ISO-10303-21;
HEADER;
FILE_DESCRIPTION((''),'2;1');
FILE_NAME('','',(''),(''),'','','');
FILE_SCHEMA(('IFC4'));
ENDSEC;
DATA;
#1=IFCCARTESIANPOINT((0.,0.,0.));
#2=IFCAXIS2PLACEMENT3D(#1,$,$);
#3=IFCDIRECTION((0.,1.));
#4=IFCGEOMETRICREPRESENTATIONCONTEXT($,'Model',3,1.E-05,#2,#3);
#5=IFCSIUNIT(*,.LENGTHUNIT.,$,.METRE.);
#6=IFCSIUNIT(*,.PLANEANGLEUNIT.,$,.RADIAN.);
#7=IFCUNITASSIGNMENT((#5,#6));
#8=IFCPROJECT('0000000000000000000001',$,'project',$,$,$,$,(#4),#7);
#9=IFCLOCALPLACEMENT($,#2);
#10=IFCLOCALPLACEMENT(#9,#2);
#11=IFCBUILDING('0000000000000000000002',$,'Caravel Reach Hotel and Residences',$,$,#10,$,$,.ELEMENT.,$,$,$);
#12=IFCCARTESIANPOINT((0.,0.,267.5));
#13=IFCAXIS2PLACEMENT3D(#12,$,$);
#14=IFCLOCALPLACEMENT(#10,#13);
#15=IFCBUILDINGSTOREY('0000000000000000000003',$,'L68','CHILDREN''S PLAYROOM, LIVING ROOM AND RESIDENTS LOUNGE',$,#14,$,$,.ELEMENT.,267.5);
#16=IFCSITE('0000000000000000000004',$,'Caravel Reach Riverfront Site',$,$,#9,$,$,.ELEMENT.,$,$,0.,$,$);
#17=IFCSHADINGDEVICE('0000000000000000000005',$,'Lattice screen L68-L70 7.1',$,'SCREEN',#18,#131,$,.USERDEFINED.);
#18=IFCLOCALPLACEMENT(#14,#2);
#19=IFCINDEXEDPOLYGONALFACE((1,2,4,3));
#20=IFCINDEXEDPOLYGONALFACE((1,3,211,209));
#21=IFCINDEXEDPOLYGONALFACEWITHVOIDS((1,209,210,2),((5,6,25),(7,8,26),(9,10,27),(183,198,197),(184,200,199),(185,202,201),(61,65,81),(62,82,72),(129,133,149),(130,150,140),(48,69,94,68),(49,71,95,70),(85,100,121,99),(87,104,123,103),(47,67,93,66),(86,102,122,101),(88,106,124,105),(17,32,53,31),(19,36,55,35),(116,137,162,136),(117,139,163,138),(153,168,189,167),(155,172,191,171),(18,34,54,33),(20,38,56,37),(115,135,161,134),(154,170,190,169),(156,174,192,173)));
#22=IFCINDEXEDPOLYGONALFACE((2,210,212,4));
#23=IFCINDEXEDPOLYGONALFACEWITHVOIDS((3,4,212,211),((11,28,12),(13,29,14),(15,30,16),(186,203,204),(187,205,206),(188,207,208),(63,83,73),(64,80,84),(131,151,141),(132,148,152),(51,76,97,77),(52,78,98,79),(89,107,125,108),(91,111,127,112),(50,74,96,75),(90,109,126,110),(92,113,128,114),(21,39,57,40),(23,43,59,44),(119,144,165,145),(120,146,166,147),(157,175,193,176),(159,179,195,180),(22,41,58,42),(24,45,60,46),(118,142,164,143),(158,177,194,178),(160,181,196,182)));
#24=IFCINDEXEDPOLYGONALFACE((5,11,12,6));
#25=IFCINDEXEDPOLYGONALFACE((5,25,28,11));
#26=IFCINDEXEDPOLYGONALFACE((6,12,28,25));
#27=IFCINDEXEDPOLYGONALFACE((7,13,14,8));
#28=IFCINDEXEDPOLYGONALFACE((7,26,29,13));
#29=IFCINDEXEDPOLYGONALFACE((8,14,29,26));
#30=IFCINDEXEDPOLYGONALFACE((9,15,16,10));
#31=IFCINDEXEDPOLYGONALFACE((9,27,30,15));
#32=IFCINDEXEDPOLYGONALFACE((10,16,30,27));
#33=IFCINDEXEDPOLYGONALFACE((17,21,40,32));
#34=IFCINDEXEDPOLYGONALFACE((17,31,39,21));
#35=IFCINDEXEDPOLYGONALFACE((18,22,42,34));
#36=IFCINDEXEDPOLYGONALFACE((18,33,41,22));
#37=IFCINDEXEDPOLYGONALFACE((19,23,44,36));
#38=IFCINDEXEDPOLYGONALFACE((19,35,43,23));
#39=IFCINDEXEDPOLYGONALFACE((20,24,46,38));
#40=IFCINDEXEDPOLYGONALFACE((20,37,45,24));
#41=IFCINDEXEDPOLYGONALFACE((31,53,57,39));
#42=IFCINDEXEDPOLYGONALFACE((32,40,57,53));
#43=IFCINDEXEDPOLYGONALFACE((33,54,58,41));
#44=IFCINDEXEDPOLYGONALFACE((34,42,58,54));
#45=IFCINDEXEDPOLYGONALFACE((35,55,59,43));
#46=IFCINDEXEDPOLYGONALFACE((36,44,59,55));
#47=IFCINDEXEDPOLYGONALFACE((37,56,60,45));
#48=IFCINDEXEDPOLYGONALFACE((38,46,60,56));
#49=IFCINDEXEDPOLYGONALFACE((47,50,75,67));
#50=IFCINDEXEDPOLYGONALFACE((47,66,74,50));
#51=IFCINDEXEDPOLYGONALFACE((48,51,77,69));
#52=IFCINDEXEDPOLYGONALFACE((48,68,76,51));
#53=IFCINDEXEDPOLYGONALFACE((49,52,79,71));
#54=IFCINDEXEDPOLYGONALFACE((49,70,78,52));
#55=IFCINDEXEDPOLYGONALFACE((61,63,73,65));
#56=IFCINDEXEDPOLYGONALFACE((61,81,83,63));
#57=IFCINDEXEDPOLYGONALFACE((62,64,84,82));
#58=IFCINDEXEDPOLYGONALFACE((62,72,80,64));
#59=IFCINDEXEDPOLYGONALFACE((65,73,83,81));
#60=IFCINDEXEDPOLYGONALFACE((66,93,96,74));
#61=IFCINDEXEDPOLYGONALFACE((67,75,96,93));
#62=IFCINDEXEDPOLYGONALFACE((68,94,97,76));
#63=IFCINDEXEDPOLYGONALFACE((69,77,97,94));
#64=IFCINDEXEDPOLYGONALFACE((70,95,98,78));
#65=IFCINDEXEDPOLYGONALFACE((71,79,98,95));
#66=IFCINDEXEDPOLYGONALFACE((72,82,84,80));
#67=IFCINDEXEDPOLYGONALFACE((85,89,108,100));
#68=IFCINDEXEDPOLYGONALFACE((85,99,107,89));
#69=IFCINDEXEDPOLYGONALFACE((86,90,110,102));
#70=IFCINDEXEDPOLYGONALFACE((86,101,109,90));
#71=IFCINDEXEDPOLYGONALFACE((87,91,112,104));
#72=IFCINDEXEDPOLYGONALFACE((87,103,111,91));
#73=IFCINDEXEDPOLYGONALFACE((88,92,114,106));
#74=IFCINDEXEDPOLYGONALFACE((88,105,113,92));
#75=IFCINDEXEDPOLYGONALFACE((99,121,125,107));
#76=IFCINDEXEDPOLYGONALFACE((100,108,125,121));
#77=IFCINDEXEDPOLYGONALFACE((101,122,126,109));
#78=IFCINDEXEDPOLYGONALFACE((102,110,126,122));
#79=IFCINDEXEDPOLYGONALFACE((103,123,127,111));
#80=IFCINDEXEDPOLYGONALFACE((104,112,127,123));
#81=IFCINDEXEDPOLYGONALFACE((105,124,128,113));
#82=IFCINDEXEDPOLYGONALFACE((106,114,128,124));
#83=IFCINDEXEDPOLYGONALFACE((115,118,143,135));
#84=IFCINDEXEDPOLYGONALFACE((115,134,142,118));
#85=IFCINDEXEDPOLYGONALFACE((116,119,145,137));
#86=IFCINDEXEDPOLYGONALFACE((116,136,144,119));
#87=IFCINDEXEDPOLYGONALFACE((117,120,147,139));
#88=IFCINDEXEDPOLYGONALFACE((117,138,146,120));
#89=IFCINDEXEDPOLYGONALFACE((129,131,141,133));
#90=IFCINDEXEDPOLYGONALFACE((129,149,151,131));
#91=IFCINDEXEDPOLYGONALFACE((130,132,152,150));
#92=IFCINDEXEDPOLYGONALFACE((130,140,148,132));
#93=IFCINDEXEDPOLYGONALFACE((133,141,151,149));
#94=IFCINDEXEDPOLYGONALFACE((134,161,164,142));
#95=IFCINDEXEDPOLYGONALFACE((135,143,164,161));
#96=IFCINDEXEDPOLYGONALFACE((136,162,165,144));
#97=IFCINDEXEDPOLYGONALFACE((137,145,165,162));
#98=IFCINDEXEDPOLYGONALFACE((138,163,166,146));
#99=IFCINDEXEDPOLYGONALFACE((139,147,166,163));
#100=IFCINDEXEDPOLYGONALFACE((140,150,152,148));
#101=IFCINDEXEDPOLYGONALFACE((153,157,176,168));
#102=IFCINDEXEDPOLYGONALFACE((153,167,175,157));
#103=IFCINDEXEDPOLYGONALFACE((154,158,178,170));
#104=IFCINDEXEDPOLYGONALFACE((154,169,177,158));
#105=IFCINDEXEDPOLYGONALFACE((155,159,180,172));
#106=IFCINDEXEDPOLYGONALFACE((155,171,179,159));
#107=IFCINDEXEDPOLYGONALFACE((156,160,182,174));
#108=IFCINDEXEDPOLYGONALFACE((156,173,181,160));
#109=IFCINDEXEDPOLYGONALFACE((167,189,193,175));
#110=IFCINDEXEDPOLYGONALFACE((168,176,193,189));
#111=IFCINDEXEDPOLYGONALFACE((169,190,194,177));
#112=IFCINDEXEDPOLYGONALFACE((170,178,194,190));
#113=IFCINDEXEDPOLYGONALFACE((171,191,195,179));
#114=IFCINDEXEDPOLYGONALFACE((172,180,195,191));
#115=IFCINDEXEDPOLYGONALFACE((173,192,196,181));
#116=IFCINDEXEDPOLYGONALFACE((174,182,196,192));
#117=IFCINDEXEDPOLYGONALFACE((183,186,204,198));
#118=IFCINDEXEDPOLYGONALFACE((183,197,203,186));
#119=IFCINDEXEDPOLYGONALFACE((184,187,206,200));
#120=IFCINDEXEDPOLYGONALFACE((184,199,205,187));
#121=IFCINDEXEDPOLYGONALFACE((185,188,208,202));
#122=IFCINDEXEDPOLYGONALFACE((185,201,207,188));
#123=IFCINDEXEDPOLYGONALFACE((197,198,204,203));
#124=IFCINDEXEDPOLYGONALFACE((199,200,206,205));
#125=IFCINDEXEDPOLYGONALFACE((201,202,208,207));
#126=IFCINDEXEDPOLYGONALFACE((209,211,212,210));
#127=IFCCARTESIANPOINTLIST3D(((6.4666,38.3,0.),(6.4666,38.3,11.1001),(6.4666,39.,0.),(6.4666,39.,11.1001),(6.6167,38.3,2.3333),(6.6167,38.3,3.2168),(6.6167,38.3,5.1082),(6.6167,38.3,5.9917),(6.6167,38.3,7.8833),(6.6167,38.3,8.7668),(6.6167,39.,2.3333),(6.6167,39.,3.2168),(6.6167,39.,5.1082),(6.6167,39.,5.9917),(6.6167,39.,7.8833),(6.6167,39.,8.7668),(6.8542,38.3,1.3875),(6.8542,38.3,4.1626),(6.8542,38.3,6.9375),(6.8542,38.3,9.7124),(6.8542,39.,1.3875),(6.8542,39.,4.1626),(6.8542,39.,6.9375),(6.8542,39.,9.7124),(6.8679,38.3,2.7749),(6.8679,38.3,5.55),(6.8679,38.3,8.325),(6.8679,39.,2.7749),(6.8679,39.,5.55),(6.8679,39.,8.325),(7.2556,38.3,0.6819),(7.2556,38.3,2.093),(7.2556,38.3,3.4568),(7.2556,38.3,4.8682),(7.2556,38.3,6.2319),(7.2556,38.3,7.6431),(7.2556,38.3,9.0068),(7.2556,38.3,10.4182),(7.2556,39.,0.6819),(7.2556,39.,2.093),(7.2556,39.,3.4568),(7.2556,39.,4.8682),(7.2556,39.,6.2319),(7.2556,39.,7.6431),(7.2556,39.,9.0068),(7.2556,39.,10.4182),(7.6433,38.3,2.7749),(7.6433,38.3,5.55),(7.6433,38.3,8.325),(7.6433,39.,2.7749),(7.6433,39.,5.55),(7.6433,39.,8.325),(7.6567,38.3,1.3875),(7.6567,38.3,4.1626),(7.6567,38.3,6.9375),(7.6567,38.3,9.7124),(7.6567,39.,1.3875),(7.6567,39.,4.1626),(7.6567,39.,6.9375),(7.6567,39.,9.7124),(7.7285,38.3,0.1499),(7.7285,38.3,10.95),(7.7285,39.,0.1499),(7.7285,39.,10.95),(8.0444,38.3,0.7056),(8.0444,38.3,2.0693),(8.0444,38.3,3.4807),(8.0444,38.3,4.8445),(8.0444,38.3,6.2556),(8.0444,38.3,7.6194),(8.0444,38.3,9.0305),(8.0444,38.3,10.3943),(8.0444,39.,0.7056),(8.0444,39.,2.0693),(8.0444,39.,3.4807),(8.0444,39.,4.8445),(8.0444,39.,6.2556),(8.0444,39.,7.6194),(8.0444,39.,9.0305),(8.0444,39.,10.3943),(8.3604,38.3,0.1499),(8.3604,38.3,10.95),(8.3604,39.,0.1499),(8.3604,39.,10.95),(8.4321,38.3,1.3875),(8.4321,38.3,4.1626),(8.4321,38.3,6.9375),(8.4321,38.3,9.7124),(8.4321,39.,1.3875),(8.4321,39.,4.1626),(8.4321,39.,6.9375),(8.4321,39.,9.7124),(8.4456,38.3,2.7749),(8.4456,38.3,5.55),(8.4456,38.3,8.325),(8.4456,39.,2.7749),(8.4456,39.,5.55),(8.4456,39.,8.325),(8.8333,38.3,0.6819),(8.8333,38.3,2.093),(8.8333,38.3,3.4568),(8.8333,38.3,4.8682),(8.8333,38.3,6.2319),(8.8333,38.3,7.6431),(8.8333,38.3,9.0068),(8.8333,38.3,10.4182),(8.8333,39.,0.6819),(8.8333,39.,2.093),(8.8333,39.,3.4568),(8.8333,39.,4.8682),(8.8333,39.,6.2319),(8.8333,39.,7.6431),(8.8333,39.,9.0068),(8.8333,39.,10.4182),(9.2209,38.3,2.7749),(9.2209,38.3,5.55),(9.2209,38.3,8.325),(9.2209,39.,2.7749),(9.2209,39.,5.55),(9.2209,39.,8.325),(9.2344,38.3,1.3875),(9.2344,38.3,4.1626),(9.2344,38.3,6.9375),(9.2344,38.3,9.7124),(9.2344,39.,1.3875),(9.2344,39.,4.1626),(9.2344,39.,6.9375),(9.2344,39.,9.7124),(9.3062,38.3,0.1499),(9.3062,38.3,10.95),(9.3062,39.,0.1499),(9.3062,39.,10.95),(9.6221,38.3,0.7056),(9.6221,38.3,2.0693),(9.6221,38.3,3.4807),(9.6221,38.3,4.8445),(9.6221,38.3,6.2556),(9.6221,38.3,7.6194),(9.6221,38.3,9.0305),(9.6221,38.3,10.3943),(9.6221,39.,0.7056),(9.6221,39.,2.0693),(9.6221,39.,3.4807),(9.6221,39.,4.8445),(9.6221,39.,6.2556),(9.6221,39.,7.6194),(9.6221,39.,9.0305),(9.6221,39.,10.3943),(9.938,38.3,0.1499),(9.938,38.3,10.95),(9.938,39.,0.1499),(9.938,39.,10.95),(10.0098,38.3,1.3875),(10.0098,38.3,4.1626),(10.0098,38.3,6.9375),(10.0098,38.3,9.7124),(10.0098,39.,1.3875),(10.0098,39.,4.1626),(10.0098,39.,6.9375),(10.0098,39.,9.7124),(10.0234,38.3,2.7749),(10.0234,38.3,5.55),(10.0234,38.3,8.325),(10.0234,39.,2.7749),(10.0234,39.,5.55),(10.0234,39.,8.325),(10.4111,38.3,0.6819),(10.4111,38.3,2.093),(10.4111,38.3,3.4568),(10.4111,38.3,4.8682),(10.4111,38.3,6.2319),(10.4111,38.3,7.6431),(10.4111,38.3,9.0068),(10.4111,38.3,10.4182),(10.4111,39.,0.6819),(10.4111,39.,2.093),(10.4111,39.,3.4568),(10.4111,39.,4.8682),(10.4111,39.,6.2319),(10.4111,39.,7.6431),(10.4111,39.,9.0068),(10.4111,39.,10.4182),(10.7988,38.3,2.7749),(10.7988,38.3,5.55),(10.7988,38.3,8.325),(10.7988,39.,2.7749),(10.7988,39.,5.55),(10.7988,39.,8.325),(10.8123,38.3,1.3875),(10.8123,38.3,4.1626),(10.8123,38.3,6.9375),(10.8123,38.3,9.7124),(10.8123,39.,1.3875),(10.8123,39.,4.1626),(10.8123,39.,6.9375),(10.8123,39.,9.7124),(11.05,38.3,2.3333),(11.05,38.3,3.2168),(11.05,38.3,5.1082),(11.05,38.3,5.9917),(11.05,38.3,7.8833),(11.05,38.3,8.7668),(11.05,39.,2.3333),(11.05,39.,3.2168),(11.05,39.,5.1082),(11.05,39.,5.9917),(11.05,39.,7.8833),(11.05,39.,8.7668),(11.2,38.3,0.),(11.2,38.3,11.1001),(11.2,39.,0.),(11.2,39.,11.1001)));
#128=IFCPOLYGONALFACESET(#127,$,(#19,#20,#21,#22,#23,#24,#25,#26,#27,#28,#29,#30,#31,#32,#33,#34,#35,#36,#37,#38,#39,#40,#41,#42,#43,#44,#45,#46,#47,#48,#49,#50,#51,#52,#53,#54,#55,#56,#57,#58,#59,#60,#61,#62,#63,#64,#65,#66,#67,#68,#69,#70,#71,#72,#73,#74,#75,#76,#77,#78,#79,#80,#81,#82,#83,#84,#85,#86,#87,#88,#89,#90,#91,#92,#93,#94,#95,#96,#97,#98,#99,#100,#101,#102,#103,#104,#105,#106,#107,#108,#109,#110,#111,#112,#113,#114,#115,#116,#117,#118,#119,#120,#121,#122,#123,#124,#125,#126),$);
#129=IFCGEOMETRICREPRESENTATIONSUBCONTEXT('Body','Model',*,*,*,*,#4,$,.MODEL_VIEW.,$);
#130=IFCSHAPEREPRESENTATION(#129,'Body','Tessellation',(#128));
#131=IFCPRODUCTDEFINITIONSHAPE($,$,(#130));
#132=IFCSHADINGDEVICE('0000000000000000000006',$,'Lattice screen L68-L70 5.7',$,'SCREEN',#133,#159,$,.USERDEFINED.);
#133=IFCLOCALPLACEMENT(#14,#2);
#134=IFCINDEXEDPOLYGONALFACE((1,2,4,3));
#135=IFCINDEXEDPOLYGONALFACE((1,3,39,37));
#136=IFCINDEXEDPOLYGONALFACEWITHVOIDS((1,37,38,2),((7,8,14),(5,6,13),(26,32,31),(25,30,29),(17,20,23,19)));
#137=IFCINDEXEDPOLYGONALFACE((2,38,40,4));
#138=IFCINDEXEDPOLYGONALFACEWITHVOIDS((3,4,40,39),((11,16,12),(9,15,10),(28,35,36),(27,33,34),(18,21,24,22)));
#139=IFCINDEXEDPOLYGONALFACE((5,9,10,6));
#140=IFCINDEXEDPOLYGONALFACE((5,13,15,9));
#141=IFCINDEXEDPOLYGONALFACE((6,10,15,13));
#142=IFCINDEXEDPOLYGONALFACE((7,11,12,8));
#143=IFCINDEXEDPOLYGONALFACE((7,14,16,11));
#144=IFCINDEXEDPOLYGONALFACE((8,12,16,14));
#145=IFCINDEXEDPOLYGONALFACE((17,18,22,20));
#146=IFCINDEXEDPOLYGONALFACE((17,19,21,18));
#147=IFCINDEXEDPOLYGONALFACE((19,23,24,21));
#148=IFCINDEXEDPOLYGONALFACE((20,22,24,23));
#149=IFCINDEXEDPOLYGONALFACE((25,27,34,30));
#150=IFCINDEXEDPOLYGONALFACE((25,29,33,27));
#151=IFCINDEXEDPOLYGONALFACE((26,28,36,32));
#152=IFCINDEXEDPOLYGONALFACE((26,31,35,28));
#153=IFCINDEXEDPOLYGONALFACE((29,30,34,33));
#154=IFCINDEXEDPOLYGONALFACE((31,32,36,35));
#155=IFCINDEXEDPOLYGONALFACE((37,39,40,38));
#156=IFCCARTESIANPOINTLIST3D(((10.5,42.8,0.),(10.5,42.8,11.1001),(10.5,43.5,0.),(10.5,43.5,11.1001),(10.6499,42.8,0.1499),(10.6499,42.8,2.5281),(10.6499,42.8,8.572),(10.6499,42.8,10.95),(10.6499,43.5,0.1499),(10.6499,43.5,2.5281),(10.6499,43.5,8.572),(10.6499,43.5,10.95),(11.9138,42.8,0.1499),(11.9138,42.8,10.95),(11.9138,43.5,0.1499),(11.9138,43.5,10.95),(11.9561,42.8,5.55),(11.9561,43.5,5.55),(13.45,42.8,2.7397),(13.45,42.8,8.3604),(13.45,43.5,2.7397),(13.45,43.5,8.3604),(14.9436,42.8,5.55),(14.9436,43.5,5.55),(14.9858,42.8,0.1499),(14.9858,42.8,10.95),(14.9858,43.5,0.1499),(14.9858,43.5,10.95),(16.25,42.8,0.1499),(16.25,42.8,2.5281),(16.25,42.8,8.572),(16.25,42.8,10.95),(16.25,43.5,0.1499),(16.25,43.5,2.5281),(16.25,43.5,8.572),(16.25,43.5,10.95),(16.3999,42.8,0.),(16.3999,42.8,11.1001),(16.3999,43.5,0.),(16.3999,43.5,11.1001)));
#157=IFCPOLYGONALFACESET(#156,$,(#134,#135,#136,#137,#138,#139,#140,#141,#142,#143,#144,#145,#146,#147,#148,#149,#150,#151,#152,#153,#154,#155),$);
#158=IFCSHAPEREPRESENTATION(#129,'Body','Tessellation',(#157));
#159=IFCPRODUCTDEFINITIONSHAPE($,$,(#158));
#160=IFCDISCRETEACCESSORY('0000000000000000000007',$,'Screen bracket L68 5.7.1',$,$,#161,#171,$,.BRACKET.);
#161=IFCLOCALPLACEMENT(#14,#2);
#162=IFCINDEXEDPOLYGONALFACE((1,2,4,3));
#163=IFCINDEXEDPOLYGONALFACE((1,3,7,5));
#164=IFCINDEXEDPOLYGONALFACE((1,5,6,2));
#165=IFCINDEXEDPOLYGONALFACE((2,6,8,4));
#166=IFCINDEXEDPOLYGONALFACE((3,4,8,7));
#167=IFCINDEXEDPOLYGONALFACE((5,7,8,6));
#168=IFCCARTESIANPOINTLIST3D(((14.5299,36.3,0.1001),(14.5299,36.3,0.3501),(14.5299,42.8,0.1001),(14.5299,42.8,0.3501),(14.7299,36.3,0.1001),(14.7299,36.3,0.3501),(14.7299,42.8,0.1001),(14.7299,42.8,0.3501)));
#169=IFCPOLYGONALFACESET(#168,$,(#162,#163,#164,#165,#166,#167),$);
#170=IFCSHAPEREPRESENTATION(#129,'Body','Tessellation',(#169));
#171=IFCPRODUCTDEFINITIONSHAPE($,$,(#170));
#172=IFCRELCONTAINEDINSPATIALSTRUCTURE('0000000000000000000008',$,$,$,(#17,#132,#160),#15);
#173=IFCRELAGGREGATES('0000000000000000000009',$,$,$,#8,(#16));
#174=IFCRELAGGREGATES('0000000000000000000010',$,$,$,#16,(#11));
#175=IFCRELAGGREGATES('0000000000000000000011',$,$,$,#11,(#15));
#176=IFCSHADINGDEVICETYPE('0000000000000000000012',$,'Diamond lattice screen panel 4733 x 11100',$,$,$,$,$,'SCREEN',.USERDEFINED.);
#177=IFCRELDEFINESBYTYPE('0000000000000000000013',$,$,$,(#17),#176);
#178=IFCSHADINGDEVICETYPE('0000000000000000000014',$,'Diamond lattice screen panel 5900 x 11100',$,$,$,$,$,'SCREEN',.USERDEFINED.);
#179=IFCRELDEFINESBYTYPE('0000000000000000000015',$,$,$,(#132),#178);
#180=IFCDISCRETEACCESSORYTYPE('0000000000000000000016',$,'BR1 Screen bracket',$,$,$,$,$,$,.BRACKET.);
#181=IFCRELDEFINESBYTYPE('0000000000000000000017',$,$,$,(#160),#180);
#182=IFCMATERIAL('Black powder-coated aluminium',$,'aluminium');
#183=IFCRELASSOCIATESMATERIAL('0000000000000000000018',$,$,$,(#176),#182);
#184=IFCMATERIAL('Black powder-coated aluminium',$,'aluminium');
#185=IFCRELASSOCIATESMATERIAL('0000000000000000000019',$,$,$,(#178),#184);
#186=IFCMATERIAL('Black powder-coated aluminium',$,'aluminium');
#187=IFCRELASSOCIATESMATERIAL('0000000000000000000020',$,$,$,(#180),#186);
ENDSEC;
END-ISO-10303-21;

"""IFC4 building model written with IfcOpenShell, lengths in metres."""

from ifc_helpers import new_model, si_unit, direction, frame, origin, origin_2d, place, context, subcontext, project, spatial, polyline, rectangle, outline, extrude, material, type_object, element, save


model = new_model("IFC4")

# Units and contexts
model_context = context("Model", 3, precision=1e-05, world=origin(), true_north=direction((0.0, 1.0)))
body_context = subcontext(model_context, "Body", "Model", "MODEL_VIEW")
ifc_project = project(units=[si_unit("LENGTHUNIT", "METRE"), si_unit("PLANEANGLEUNIT", "RADIAN")], contexts=[model_context])

# Site, building, storey
site_placement = place(None, origin())
site = spatial("IfcSite", under=ifc_project, at=site_placement, Name="Caravel Reach Riverfront Site", CompositionType="ELEMENT", RefElevation=0.0)
building_placement = place(site_placement, origin())
building = spatial("IfcBuilding", under=site, at=building_placement, Name="Caravel Reach Hotel and Residences", CompositionType="ELEMENT")
storey_placement = place(building_placement, frame((0.0, 0.0, 267.5)))
storey = spatial("IfcBuildingStorey", under=building, at=storey_placement, Name="L68", Description="CHILDREN'S PLAYROOM, LIVING ROOM AND RESIDENTS LOUNGE", CompositionType="ELEMENT", Elevation=267.5)

# Shading devices
ifc_material_1 = material(Name="Black powder-coated aluminium", Category="aluminium")
shading_device_type_1 = type_object("IfcShadingDeviceType", Name="Diamond lattice screen panel 4733 x 11100", ElementType="SCREEN", PredefinedType="USERDEFINED", material=ifc_material_1)
shading_device_1_placement = place(storey_placement, frame((11.2, 38.3, 0.0), z_axis=(0.0, 1.0, 0.0), x_axis=(-1.0, 0.0, 0.0)))
element("IfcShadingDevice", 1, at=shading_device_1_placement, inside=storey, type_object=shading_device_type_1, Name="Lattice screen L68-L70 7.1", ObjectType="SCREEN", PredefinedType="USERDEFINED", context=body_context, shape_type="SweptSolid", body=[
    extrude(outline(polyline([(0.0, 0.0), (4.7334, 0.0), (4.7334, 11.1001), (0.0, 11.1001), (0.0, 0.0)]), holes=[polyline([(0.4011, 2.7749), (0.1499, 3.2168), (0.1499, 2.3333), (0.4011, 2.7749)]), polyline([(0.4011, 5.55), (0.1499, 5.9917), (0.1499, 5.1082), (0.4011, 5.55)]), polyline([(0.4011, 8.325), (0.1499, 8.7668), (0.1499, 7.8833), (0.4011, 8.325)]), polyline([(0.7888, 2.093), (0.3877, 1.3875), (0.7888, 0.6819), (1.1902, 1.3875), (0.7888, 2.093)]), polyline([(0.7888, 4.8682), (0.3877, 4.1626), (0.7888, 3.4568), (1.1902, 4.1626), (0.7888, 4.8682)]), polyline([(0.7888, 7.6431), (0.3877, 6.9375), (0.7888, 6.2319), (1.1902, 6.9375), (0.7888, 7.6431)]), polyline([(0.7888, 10.4182), (0.3877, 9.7124), (0.7888, 9.0068), (1.1902, 9.7124), (0.7888, 10.4182)]), polyline([(1.5779, 0.7056), (1.262, 0.1499), (1.8938, 0.1499), (1.5779, 0.7056)]), polyline([(1.5779, 3.4807), (1.1765, 2.7749), (1.5779, 2.0693), (1.979, 2.7749), (1.5779, 3.4807)]), polyline([(1.5779, 6.2556), (1.1765, 5.55), (1.5779, 4.8445), (1.979, 5.55), (1.5779, 6.2556)]), polyline([(1.5779, 9.0305), (1.1765, 8.325), (1.5779, 7.6194), (1.979, 8.325), (1.5779, 9.0305)]), polyline([(1.5779, 10.3943), (1.8938, 10.95), (1.262, 10.95), (1.5779, 10.3943)]), polyline([(2.3667, 2.093), (1.9656, 1.3875), (2.3667, 0.6819), (2.7678, 1.3875), (2.3667, 2.093)]), polyline([(2.3667, 4.8682), (1.9656, 4.1626), (2.3667, 3.4568), (2.7678, 4.1626), (2.3667, 4.8682)]), polyline([(2.3667, 7.6431), (1.9656, 6.9375), (2.3667, 6.2319), (2.7678, 6.9375), (2.3667, 7.6431)]), polyline([(2.3667, 10.4182), (1.9656, 9.7124), (2.3667, 9.0068), (2.7678, 9.7124), (2.3667, 10.4182)]), polyline([(3.1555, 0.7056), (2.8396, 0.1499), (3.4714, 0.1499), (3.1555, 0.7056)]), polyline([(3.1555, 3.4807), (2.7544, 2.7749), (3.1555, 2.0693), (3.5566, 2.7749), (3.1555, 3.4807)]), polyline([(3.1555, 6.2556), (2.7544, 5.55), (3.1555, 4.8445), (3.5566, 5.55), (3.1555, 6.2556)]), polyline([(3.1555, 9.0305), (2.7544, 8.325), (3.1555, 7.6194), (3.5566, 8.325), (3.1555, 9.0305)]), polyline([(3.1555, 10.3943), (3.4714, 10.95), (2.8396, 10.95), (3.1555, 10.3943)]), polyline([(3.9443, 2.093), (3.5432, 1.3875), (3.9443, 0.6819), (4.3457, 1.3875), (3.9443, 2.093)]), polyline([(3.9443, 4.8682), (3.5432, 4.1626), (3.9443, 3.4568), (4.3457, 4.1626), (3.9443, 4.8682)]), polyline([(3.9443, 7.6431), (3.5432, 6.9375), (3.9443, 6.2319), (4.3457, 6.9375), (3.9443, 7.6431)]), polyline([(3.9443, 10.4182), (3.5432, 9.7124), (3.9443, 9.0068), (4.3457, 9.7124), (3.9443, 10.4182)]), polyline([(4.332, 2.7749), (4.5833, 2.3333), (4.5833, 3.2168), (4.332, 2.7749)]), polyline([(4.332, 5.55), (4.5833, 5.1082), (4.5833, 5.9917), (4.332, 5.55)]), polyline([(4.332, 8.325), (4.5833, 7.8833), (4.5833, 8.7668), (4.332, 8.325)])]), origin(), (0.0, 0.0, 1.0), 0.7),
])
ifc_material_2 = material(Name="Black powder-coated aluminium", Category="aluminium")
shading_device_type_2 = type_object("IfcShadingDeviceType", Name="Diamond lattice screen panel 5900 x 11100", ElementType="SCREEN", PredefinedType="USERDEFINED", material=ifc_material_2)
shading_device_2_placement = place(storey_placement, frame((16.3999, 42.8, 0.0), z_axis=(0.0, 1.0, 0.0), x_axis=(-1.0, 0.0, 0.0)))
element("IfcShadingDevice", 2, at=shading_device_2_placement, inside=storey, type_object=shading_device_type_2, Name="Lattice screen L68-L70 5.7", ObjectType="SCREEN", PredefinedType="USERDEFINED", context=body_context, shape_type="SweptSolid", body=[
    extrude(outline(polyline([(0.0, 0.0), (5.8999, 0.0), (5.8999, 11.1001), (0.0, 11.1001), (0.0, 0.0)]), holes=[polyline([(1.4141, 0.1499), (0.1499, 2.5281), (0.1499, 0.1499), (1.4141, 0.1499)]), polyline([(0.1499, 8.572), (1.4141, 10.95), (0.1499, 10.95), (0.1499, 8.572)]), polyline([(2.95, 8.3604), (1.4563, 5.55), (2.95, 2.7397), (4.4438, 5.55), (2.95, 8.3604)]), polyline([(5.75, 2.5281), (4.4861, 0.1499), (5.75, 0.1499), (5.75, 2.5281)]), polyline([(4.4861, 10.95), (5.75, 8.572), (5.75, 10.95), (4.4861, 10.95)])]), origin(), (0.0, 0.0, 1.0), 0.7),
])

# Discrete accessory
ifc_material_3 = material(Name="Black powder-coated aluminium", Category="aluminium")
discrete_accessory_type = type_object("IfcDiscreteAccessoryType", Name="BR1 Screen bracket", PredefinedType="BRACKET", material=ifc_material_3)
for number, where, z_axis, x_axis, name in (
    (3, (14.6299, 39.55, 0.1001), (0.0, 0.0, 1.0), (0.0, 1.0, 0.0), "Screen bracket L68 5.7.1"),
):
    element("IfcDiscreteAccessory", number, at=place(storey_placement, frame(where, z_axis=z_axis, x_axis=x_axis)), inside=storey, type_object=discrete_accessory_type, Name=name, PredefinedType="BRACKET", context=body_context, shape_type="SweptSolid", body=[
        extrude(rectangle(XDim=6.5, YDim=0.2, at=origin_2d()), origin(), (0.0, 0.0, 1.0), 0.25),
    ])

save(model, "model.ifc")
